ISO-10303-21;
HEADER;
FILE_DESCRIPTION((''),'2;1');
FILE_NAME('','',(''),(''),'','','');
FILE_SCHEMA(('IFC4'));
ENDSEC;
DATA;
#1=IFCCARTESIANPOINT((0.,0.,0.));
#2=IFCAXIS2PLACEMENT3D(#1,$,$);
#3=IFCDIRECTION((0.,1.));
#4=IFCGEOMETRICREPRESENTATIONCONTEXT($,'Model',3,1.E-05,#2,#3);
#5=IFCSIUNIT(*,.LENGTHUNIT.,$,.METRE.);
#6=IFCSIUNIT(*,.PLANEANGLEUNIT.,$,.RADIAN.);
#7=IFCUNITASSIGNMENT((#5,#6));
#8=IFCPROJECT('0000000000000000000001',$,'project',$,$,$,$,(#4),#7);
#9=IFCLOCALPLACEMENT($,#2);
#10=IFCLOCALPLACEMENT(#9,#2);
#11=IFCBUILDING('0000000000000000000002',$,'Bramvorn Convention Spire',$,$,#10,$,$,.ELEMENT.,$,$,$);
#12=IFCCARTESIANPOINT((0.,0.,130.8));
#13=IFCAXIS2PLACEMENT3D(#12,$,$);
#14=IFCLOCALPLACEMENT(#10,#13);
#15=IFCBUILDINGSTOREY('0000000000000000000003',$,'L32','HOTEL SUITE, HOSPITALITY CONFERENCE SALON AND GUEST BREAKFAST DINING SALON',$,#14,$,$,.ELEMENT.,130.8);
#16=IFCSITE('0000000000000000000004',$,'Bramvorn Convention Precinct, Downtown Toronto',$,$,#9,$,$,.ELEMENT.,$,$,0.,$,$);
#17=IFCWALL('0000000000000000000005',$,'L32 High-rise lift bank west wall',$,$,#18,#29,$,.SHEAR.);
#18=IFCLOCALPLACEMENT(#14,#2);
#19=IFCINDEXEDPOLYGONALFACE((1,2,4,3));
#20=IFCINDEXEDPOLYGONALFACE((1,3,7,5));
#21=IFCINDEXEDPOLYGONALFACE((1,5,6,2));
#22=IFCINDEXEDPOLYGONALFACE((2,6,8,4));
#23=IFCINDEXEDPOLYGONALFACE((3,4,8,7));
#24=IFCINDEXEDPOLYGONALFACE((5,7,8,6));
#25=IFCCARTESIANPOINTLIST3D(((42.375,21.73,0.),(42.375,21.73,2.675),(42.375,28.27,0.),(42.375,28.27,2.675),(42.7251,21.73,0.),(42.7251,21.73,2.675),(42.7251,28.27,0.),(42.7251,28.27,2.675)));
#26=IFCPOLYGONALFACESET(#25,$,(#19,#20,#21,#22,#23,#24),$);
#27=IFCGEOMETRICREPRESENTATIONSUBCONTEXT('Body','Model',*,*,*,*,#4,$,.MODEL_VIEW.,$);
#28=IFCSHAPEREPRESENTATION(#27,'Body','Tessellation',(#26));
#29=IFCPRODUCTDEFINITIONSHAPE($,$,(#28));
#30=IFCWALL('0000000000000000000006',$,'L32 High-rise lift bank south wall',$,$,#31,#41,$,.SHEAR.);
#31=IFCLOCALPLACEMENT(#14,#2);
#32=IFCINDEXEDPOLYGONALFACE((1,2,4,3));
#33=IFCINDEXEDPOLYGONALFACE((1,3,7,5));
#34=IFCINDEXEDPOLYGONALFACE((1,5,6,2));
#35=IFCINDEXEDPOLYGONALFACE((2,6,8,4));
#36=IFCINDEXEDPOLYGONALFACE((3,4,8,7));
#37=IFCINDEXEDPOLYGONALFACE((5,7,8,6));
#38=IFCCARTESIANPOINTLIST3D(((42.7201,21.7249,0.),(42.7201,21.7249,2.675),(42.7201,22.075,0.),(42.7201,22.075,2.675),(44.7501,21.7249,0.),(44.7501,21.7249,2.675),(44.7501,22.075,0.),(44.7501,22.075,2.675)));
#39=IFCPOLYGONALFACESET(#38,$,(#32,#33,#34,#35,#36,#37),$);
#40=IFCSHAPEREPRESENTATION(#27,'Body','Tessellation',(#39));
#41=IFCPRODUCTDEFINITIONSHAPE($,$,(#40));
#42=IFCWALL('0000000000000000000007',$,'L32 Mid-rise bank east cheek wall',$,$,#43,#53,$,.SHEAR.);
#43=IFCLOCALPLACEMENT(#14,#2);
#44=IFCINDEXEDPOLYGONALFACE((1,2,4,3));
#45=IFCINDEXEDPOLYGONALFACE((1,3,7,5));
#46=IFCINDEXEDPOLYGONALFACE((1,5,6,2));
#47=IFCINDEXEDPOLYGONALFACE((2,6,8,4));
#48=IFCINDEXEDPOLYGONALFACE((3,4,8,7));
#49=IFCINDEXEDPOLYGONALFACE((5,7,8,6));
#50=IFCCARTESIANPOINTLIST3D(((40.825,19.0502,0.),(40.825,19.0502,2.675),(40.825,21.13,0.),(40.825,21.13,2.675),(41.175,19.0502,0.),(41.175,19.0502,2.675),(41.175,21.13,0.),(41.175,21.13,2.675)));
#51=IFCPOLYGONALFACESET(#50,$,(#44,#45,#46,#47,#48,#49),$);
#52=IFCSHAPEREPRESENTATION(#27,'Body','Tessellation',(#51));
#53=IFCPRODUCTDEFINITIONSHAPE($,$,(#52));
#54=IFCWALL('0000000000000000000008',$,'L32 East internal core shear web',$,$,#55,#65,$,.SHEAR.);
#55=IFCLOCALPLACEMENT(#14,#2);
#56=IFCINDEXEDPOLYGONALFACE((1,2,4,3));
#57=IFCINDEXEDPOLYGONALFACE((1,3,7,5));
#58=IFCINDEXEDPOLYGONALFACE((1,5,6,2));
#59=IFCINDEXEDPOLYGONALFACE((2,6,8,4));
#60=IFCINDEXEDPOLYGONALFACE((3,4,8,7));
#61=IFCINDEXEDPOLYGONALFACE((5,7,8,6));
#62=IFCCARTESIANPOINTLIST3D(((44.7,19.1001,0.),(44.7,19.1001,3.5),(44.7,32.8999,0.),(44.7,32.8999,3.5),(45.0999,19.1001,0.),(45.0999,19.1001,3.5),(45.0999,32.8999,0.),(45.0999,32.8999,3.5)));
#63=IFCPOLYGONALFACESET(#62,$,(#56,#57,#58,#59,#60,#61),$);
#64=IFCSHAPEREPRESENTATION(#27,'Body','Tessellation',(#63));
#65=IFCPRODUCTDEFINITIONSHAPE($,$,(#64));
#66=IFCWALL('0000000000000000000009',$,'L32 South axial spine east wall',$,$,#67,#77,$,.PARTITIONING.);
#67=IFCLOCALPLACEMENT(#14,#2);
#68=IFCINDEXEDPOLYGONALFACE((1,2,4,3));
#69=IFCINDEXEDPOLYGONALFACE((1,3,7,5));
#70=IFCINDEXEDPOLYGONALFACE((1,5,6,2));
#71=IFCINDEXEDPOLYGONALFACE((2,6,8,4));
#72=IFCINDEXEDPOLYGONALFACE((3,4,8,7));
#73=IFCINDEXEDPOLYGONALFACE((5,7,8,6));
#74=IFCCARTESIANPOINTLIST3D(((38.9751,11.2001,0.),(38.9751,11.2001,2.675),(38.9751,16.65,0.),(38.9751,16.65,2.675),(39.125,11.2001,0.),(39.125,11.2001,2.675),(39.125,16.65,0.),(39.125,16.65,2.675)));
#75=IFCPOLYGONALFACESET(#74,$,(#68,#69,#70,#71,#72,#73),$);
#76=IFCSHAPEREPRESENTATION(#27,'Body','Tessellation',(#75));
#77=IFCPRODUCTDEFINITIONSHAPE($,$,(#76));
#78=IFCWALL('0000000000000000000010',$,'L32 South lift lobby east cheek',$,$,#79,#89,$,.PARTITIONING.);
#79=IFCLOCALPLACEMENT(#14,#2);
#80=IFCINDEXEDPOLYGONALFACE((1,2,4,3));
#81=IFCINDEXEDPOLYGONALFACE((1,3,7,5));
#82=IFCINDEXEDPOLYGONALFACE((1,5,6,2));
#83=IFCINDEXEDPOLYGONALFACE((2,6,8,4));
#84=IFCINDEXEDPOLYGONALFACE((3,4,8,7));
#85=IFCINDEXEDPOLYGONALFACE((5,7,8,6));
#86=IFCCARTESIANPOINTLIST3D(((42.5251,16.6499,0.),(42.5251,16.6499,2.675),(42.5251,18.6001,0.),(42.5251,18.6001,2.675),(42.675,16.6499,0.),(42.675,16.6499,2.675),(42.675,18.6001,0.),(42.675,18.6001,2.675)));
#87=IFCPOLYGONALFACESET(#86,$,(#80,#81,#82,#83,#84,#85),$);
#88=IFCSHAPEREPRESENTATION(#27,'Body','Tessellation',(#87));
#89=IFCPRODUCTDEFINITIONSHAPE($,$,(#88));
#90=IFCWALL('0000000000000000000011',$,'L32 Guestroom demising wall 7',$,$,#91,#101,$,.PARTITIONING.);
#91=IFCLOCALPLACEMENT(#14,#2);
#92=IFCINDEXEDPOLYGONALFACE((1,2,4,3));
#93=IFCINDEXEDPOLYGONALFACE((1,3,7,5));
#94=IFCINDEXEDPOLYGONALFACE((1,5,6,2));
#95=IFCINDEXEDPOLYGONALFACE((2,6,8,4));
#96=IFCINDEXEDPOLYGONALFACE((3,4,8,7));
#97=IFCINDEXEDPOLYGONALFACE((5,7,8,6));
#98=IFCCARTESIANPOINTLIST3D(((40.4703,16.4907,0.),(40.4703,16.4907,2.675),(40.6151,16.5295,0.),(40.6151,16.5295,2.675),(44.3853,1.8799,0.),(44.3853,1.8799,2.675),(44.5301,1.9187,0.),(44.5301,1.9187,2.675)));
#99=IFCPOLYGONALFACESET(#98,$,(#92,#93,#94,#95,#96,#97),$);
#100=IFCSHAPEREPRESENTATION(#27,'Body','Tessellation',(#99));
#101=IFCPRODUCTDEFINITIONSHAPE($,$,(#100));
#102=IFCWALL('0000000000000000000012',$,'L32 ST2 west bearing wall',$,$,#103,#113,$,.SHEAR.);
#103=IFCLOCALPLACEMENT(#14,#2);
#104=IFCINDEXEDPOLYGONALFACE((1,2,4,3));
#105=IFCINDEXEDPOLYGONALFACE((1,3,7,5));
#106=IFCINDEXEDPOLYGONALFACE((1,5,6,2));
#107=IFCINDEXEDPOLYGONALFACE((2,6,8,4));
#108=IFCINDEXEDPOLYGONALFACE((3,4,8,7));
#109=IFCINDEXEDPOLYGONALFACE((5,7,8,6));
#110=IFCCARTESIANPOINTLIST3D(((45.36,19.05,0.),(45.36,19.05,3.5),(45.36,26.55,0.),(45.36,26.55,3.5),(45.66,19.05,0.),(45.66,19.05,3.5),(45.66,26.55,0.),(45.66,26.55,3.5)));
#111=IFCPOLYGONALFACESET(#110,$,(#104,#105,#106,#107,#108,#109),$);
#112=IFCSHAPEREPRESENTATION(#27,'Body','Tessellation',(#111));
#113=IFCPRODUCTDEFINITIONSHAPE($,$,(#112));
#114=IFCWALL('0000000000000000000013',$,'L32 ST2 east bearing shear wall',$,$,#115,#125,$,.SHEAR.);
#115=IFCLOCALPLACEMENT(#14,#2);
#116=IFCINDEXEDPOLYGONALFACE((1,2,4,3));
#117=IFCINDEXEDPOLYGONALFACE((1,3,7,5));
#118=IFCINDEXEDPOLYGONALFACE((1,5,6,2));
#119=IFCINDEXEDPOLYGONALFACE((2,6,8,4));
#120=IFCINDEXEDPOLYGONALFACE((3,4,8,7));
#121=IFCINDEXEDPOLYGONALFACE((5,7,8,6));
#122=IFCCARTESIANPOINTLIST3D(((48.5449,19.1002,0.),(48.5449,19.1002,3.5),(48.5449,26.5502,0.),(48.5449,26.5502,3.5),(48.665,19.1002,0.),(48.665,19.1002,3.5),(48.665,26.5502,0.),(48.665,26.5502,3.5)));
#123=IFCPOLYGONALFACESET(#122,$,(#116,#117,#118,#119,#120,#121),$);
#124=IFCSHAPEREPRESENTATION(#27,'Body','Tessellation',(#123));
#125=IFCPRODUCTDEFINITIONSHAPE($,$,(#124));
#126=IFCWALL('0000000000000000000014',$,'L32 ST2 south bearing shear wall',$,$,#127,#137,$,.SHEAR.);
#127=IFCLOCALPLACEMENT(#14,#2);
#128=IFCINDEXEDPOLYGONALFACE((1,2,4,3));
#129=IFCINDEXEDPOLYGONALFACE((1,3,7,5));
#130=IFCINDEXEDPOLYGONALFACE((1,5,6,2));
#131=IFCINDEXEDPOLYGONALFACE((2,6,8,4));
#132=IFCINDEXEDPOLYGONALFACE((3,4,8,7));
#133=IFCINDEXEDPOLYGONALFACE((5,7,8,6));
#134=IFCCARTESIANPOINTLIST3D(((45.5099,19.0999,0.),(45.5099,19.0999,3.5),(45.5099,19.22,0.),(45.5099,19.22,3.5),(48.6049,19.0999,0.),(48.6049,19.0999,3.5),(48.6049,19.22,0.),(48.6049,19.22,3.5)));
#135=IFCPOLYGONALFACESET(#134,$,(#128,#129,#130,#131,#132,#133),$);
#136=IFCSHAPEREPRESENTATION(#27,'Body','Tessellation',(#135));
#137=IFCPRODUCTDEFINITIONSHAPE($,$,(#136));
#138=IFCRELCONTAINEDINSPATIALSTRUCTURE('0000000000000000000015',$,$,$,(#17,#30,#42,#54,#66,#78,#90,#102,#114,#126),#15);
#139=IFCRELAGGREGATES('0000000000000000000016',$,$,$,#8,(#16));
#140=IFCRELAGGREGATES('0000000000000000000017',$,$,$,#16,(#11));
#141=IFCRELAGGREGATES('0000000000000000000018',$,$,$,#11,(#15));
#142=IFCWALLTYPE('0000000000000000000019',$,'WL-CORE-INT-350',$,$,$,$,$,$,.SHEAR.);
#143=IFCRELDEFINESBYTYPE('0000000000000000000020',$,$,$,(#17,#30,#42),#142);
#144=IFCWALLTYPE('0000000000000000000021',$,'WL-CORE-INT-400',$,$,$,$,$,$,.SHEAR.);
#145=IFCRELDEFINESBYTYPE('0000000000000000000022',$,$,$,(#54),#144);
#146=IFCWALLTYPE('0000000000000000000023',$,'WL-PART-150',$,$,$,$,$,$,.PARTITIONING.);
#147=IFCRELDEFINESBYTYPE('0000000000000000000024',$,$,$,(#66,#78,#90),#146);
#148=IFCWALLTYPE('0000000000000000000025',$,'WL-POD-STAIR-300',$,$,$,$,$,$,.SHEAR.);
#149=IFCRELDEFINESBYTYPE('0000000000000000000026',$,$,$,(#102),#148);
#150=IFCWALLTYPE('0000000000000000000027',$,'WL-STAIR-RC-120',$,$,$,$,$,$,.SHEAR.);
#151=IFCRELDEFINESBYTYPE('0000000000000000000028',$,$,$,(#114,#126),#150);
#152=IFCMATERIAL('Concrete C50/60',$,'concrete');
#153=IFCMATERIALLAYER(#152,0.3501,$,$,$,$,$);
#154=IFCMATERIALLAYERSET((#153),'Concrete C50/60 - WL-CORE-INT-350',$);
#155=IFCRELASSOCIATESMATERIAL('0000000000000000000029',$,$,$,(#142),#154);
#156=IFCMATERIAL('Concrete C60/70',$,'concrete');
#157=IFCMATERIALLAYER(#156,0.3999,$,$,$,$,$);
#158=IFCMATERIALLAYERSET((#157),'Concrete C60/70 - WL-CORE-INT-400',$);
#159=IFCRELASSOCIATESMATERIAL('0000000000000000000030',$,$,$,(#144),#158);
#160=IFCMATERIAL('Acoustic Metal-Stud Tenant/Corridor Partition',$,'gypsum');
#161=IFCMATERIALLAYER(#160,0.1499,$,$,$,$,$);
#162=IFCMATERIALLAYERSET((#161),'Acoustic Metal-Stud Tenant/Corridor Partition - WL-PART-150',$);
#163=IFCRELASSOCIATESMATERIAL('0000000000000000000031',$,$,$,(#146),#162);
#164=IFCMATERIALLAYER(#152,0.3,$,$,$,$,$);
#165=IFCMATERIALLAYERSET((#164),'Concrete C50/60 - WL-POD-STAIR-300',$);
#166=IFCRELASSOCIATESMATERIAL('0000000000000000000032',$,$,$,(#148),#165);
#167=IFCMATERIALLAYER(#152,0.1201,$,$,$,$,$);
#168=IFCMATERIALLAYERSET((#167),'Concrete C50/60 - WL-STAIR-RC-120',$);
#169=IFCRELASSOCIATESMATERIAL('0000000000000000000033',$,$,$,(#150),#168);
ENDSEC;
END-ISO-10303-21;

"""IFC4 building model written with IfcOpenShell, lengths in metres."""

from ifc_helpers import new_model, si_unit, direction, frame, frame_2d, origin, place, context, subcontext, project, spatial, rectangle, extrude, material, layer, layer_set, type_object, element, save


model = new_model("IFC4")

# Units and contexts
model_context = context("Model", 3, precision=1e-05, world=origin(), true_north=direction((0.0, 1.0)))
body_context = subcontext(model_context, "Body", "Model", "MODEL_VIEW")
ifc_project = project(units=[si_unit("LENGTHUNIT", "METRE"), si_unit("PLANEANGLEUNIT", "RADIAN")], contexts=[model_context])

# Site, building, storey
site_placement = place(None, origin())
site = spatial("IfcSite", under=ifc_project, at=site_placement, Name="Bramvorn Convention Precinct, Downtown Toronto", CompositionType="ELEMENT", RefElevation=0.0)
building_placement = place(site_placement, origin())
building = spatial("IfcBuilding", under=site, at=building_placement, Name="Bramvorn Convention Spire", CompositionType="ELEMENT")
storey_placement = place(building_placement, frame((0.0, 0.0, 130.8)))
storey = spatial("IfcBuildingStorey", under=building, at=storey_placement, Name="L32", Description="HOTEL SUITE, HOSPITALITY CONFERENCE SALON AND GUEST BREAKFAST DINING SALON", CompositionType="ELEMENT", Elevation=130.8)

# Shared definitions
ifc_material_1 = material(Name="Concrete C60/70", Category="concrete")

# Walls
ifc_material_2 = material(Name="Concrete C50/60", Category="concrete")
ifc_layer_1 = layer(ifc_material_2, 0.3501)
ifc_layer_set_1 = layer_set([ifc_layer_1], Name="Concrete C50/60 - WL-CORE-INT-350")
wall_type_1 = type_object("IfcWallType", Name="WL-CORE-INT-350", PredefinedType="SHEAR", material=ifc_layer_set_1)
wall_1_placement = place(storey_placement, frame((42.55, 21.73, 0.0), z_axis=(0.0, 0.0, 1.0), x_axis=(0.0, 1.0, 0.0)))
element("IfcWall", 1, at=wall_1_placement, inside=storey, type_object=wall_type_1, Name="L32 High-rise lift bank west wall", PredefinedType="SHEAR", context=body_context, shape_type="SweptSolid", body=[
    extrude(rectangle(XDim=6.54, YDim=0.3501, at=frame_2d((3.27, 0.0))), origin(), (0.0, 0.0, 1.0), 2.675),
])
wall_2_placement = place(storey_placement, frame((42.72, 21.8999, 0.0), z_axis=(0.0, 0.0, 1.0), x_axis=(1.0, 0.0, 0.0)))
element("IfcWall", 2, at=wall_2_placement, inside=storey, type_object=wall_type_1, Name="L32 High-rise lift bank south wall", PredefinedType="SHEAR", context=body_context, shape_type="SweptSolid", body=[
    extrude(rectangle(XDim=2.03, YDim=0.3501, at=frame_2d((1.0151, 0.0))), origin(), (0.0, 0.0, 1.0), 2.675),
])

# Walls
wall_3_placement = place(storey_placement, frame((41.0, 19.05, 0.0), z_axis=(0.0, 0.0, 1.0), x_axis=(0.0, 1.0, 0.0)))
element("IfcWall", 3, at=wall_3_placement, inside=storey, type_object=wall_type_1, Name="L32 Mid-rise bank east cheek wall", PredefinedType="SHEAR", context=body_context, shape_type="SweptSolid", body=[
    extrude(rectangle(XDim=2.0798, YDim=0.3501, at=frame_2d((1.04, 0.0))), origin(), (0.0, 0.0, 1.0), 2.675),
])
ifc_layer_2 = layer(ifc_material_1, 0.3999)
ifc_layer_set_2 = layer_set([ifc_layer_2], Name="Concrete C60/70 - WL-CORE-INT-400")
wall_type_2 = type_object("IfcWallType", Name="WL-CORE-INT-400", PredefinedType="SHEAR", material=ifc_layer_set_2)
wall_4_placement = place(storey_placement, frame((44.8999, 19.1001, 0.0), z_axis=(0.0, 0.0, 1.0), x_axis=(0.0, 1.0, 0.0)))
element("IfcWall", 4, at=wall_4_placement, inside=storey, type_object=wall_type_2, Name="L32 East internal core shear web", PredefinedType="SHEAR", context=body_context, shape_type="SweptSolid", body=[
    extrude(rectangle(XDim=13.7998, YDim=0.3999, at=frame_2d((6.8999, 0.0))), origin(), (0.0, 0.0, 1.0), 3.5),
])
ifc_material_3 = material(Name="Acoustic Metal-Stud Tenant/Corridor Partition", Category="gypsum")
ifc_layer_3 = layer(ifc_material_3, 0.1499)
ifc_layer_set_3 = layer_set([ifc_layer_3], Name="Acoustic Metal-Stud Tenant/Corridor Partition - WL-PART-150")
wall_type_3 = type_object("IfcWallType", Name="WL-PART-150", PredefinedType="PARTITIONING", material=ifc_layer_set_3)
wall_5_placement = place(storey_placement, frame((39.05, 11.2, 0.0), z_axis=(0.0, 0.0, 1.0), x_axis=(0.0, 1.0, 0.0)))
element("IfcWall", 5, at=wall_5_placement, inside=storey, type_object=wall_type_3, Name="L32 South axial spine east wall", PredefinedType="PARTITIONING", context=body_context, shape_type="SweptSolid", body=[
    extrude(rectangle(XDim=5.45, YDim=0.1499, at=frame_2d((2.7251, 0.0))), origin(), (0.0, 0.0, 1.0), 2.675),
])

# Walls
wall_6_placement = place(storey_placement, frame((42.6001, 16.6499, 0.0), z_axis=(0.0, 0.0, 1.0), x_axis=(0.0, 1.0, 0.0)))
element("IfcWall", 6, at=wall_6_placement, inside=storey, type_object=wall_type_3, Name="L32 South lift lobby east cheek", PredefinedType="PARTITIONING", context=body_context, shape_type="SweptSolid", body=[
    extrude(rectangle(XDim=1.9502, YDim=0.1499, at=frame_2d((0.9751, 0.0))), origin(), (0.0, 0.0, 1.0), 2.675),
])
wall_7_placement = place(storey_placement, frame((40.5427, 16.51, 0.0), z_axis=(0.0, 0.0, 1.0), x_axis=(0.258824, -0.965925, 0.0)))
element("IfcWall", 7, at=wall_7_placement, inside=storey, type_object=wall_type_3, Name="L32 Guestroom demising wall 7", PredefinedType="PARTITIONING", context=body_context, shape_type="SweptSolid", body=[
    extrude(rectangle(XDim=15.1262, YDim=0.1499, at=frame_2d((7.563, 0.0))), origin(), (0.0, 0.0, 1.0), 2.675),
])
ifc_layer_4 = layer(ifc_material_2, 0.3)
ifc_layer_set_4 = layer_set([ifc_layer_4], Name="Concrete C50/60 - WL-POD-STAIR-300")
wall_type_4 = type_object("IfcWallType", Name="WL-POD-STAIR-300", PredefinedType="SHEAR", material=ifc_layer_set_4)
wall_8_placement = place(storey_placement, frame((45.51, 19.05, 0.0), z_axis=(0.0, 0.0, 1.0), x_axis=(0.0, 1.0, 0.0)))
element("IfcWall", 8, at=wall_8_placement, inside=storey, type_object=wall_type_4, Name="L32 ST2 west bearing wall", PredefinedType="SHEAR", context=body_context, shape_type="SweptSolid", body=[
    extrude(rectangle(XDim=7.5, YDim=0.3, at=frame_2d((3.75, 0.0))), origin(), (0.0, 0.0, 1.0), 3.5),
])
ifc_layer_5 = layer(ifc_material_2, 0.1201)
ifc_layer_set_5 = layer_set([ifc_layer_5], Name="Concrete C50/60 - WL-STAIR-RC-120")
wall_type_5 = type_object("IfcWallType", Name="WL-STAIR-RC-120", PredefinedType="SHEAR", material=ifc_layer_set_5)
wall_9_placement = place(storey_placement, frame((48.605, 19.1001, 0.0), z_axis=(0.0, 0.0, 1.0), x_axis=(0.0, 1.0, 0.0)))
element("IfcWall", 9, at=wall_9_placement, inside=storey, type_object=wall_type_5, Name="L32 ST2 east bearing shear wall", PredefinedType="SHEAR", context=body_context, shape_type="SweptSolid", body=[
    extrude(rectangle(XDim=7.45, YDim=0.1201, at=frame_2d((3.7251, 0.0))), origin(), (0.0, 0.0, 1.0), 3.5),
])
wall_10_placement = place(storey_placement, frame((45.51, 19.1599, 0.0), z_axis=(0.0, 0.0, 1.0), x_axis=(1.0, 0.0, 0.0)))
element("IfcWall", 10, at=wall_10_placement, inside=storey, type_object=wall_type_5, Name="L32 ST2 south bearing shear wall", PredefinedType="SHEAR", context=body_context, shape_type="SweptSolid", body=[
    extrude(rectangle(XDim=3.095, YDim=0.1201, at=frame_2d((1.5474, 0.0))), origin(), (0.0, 0.0, 1.0), 3.5),
])

save(model, "model.ifc")
